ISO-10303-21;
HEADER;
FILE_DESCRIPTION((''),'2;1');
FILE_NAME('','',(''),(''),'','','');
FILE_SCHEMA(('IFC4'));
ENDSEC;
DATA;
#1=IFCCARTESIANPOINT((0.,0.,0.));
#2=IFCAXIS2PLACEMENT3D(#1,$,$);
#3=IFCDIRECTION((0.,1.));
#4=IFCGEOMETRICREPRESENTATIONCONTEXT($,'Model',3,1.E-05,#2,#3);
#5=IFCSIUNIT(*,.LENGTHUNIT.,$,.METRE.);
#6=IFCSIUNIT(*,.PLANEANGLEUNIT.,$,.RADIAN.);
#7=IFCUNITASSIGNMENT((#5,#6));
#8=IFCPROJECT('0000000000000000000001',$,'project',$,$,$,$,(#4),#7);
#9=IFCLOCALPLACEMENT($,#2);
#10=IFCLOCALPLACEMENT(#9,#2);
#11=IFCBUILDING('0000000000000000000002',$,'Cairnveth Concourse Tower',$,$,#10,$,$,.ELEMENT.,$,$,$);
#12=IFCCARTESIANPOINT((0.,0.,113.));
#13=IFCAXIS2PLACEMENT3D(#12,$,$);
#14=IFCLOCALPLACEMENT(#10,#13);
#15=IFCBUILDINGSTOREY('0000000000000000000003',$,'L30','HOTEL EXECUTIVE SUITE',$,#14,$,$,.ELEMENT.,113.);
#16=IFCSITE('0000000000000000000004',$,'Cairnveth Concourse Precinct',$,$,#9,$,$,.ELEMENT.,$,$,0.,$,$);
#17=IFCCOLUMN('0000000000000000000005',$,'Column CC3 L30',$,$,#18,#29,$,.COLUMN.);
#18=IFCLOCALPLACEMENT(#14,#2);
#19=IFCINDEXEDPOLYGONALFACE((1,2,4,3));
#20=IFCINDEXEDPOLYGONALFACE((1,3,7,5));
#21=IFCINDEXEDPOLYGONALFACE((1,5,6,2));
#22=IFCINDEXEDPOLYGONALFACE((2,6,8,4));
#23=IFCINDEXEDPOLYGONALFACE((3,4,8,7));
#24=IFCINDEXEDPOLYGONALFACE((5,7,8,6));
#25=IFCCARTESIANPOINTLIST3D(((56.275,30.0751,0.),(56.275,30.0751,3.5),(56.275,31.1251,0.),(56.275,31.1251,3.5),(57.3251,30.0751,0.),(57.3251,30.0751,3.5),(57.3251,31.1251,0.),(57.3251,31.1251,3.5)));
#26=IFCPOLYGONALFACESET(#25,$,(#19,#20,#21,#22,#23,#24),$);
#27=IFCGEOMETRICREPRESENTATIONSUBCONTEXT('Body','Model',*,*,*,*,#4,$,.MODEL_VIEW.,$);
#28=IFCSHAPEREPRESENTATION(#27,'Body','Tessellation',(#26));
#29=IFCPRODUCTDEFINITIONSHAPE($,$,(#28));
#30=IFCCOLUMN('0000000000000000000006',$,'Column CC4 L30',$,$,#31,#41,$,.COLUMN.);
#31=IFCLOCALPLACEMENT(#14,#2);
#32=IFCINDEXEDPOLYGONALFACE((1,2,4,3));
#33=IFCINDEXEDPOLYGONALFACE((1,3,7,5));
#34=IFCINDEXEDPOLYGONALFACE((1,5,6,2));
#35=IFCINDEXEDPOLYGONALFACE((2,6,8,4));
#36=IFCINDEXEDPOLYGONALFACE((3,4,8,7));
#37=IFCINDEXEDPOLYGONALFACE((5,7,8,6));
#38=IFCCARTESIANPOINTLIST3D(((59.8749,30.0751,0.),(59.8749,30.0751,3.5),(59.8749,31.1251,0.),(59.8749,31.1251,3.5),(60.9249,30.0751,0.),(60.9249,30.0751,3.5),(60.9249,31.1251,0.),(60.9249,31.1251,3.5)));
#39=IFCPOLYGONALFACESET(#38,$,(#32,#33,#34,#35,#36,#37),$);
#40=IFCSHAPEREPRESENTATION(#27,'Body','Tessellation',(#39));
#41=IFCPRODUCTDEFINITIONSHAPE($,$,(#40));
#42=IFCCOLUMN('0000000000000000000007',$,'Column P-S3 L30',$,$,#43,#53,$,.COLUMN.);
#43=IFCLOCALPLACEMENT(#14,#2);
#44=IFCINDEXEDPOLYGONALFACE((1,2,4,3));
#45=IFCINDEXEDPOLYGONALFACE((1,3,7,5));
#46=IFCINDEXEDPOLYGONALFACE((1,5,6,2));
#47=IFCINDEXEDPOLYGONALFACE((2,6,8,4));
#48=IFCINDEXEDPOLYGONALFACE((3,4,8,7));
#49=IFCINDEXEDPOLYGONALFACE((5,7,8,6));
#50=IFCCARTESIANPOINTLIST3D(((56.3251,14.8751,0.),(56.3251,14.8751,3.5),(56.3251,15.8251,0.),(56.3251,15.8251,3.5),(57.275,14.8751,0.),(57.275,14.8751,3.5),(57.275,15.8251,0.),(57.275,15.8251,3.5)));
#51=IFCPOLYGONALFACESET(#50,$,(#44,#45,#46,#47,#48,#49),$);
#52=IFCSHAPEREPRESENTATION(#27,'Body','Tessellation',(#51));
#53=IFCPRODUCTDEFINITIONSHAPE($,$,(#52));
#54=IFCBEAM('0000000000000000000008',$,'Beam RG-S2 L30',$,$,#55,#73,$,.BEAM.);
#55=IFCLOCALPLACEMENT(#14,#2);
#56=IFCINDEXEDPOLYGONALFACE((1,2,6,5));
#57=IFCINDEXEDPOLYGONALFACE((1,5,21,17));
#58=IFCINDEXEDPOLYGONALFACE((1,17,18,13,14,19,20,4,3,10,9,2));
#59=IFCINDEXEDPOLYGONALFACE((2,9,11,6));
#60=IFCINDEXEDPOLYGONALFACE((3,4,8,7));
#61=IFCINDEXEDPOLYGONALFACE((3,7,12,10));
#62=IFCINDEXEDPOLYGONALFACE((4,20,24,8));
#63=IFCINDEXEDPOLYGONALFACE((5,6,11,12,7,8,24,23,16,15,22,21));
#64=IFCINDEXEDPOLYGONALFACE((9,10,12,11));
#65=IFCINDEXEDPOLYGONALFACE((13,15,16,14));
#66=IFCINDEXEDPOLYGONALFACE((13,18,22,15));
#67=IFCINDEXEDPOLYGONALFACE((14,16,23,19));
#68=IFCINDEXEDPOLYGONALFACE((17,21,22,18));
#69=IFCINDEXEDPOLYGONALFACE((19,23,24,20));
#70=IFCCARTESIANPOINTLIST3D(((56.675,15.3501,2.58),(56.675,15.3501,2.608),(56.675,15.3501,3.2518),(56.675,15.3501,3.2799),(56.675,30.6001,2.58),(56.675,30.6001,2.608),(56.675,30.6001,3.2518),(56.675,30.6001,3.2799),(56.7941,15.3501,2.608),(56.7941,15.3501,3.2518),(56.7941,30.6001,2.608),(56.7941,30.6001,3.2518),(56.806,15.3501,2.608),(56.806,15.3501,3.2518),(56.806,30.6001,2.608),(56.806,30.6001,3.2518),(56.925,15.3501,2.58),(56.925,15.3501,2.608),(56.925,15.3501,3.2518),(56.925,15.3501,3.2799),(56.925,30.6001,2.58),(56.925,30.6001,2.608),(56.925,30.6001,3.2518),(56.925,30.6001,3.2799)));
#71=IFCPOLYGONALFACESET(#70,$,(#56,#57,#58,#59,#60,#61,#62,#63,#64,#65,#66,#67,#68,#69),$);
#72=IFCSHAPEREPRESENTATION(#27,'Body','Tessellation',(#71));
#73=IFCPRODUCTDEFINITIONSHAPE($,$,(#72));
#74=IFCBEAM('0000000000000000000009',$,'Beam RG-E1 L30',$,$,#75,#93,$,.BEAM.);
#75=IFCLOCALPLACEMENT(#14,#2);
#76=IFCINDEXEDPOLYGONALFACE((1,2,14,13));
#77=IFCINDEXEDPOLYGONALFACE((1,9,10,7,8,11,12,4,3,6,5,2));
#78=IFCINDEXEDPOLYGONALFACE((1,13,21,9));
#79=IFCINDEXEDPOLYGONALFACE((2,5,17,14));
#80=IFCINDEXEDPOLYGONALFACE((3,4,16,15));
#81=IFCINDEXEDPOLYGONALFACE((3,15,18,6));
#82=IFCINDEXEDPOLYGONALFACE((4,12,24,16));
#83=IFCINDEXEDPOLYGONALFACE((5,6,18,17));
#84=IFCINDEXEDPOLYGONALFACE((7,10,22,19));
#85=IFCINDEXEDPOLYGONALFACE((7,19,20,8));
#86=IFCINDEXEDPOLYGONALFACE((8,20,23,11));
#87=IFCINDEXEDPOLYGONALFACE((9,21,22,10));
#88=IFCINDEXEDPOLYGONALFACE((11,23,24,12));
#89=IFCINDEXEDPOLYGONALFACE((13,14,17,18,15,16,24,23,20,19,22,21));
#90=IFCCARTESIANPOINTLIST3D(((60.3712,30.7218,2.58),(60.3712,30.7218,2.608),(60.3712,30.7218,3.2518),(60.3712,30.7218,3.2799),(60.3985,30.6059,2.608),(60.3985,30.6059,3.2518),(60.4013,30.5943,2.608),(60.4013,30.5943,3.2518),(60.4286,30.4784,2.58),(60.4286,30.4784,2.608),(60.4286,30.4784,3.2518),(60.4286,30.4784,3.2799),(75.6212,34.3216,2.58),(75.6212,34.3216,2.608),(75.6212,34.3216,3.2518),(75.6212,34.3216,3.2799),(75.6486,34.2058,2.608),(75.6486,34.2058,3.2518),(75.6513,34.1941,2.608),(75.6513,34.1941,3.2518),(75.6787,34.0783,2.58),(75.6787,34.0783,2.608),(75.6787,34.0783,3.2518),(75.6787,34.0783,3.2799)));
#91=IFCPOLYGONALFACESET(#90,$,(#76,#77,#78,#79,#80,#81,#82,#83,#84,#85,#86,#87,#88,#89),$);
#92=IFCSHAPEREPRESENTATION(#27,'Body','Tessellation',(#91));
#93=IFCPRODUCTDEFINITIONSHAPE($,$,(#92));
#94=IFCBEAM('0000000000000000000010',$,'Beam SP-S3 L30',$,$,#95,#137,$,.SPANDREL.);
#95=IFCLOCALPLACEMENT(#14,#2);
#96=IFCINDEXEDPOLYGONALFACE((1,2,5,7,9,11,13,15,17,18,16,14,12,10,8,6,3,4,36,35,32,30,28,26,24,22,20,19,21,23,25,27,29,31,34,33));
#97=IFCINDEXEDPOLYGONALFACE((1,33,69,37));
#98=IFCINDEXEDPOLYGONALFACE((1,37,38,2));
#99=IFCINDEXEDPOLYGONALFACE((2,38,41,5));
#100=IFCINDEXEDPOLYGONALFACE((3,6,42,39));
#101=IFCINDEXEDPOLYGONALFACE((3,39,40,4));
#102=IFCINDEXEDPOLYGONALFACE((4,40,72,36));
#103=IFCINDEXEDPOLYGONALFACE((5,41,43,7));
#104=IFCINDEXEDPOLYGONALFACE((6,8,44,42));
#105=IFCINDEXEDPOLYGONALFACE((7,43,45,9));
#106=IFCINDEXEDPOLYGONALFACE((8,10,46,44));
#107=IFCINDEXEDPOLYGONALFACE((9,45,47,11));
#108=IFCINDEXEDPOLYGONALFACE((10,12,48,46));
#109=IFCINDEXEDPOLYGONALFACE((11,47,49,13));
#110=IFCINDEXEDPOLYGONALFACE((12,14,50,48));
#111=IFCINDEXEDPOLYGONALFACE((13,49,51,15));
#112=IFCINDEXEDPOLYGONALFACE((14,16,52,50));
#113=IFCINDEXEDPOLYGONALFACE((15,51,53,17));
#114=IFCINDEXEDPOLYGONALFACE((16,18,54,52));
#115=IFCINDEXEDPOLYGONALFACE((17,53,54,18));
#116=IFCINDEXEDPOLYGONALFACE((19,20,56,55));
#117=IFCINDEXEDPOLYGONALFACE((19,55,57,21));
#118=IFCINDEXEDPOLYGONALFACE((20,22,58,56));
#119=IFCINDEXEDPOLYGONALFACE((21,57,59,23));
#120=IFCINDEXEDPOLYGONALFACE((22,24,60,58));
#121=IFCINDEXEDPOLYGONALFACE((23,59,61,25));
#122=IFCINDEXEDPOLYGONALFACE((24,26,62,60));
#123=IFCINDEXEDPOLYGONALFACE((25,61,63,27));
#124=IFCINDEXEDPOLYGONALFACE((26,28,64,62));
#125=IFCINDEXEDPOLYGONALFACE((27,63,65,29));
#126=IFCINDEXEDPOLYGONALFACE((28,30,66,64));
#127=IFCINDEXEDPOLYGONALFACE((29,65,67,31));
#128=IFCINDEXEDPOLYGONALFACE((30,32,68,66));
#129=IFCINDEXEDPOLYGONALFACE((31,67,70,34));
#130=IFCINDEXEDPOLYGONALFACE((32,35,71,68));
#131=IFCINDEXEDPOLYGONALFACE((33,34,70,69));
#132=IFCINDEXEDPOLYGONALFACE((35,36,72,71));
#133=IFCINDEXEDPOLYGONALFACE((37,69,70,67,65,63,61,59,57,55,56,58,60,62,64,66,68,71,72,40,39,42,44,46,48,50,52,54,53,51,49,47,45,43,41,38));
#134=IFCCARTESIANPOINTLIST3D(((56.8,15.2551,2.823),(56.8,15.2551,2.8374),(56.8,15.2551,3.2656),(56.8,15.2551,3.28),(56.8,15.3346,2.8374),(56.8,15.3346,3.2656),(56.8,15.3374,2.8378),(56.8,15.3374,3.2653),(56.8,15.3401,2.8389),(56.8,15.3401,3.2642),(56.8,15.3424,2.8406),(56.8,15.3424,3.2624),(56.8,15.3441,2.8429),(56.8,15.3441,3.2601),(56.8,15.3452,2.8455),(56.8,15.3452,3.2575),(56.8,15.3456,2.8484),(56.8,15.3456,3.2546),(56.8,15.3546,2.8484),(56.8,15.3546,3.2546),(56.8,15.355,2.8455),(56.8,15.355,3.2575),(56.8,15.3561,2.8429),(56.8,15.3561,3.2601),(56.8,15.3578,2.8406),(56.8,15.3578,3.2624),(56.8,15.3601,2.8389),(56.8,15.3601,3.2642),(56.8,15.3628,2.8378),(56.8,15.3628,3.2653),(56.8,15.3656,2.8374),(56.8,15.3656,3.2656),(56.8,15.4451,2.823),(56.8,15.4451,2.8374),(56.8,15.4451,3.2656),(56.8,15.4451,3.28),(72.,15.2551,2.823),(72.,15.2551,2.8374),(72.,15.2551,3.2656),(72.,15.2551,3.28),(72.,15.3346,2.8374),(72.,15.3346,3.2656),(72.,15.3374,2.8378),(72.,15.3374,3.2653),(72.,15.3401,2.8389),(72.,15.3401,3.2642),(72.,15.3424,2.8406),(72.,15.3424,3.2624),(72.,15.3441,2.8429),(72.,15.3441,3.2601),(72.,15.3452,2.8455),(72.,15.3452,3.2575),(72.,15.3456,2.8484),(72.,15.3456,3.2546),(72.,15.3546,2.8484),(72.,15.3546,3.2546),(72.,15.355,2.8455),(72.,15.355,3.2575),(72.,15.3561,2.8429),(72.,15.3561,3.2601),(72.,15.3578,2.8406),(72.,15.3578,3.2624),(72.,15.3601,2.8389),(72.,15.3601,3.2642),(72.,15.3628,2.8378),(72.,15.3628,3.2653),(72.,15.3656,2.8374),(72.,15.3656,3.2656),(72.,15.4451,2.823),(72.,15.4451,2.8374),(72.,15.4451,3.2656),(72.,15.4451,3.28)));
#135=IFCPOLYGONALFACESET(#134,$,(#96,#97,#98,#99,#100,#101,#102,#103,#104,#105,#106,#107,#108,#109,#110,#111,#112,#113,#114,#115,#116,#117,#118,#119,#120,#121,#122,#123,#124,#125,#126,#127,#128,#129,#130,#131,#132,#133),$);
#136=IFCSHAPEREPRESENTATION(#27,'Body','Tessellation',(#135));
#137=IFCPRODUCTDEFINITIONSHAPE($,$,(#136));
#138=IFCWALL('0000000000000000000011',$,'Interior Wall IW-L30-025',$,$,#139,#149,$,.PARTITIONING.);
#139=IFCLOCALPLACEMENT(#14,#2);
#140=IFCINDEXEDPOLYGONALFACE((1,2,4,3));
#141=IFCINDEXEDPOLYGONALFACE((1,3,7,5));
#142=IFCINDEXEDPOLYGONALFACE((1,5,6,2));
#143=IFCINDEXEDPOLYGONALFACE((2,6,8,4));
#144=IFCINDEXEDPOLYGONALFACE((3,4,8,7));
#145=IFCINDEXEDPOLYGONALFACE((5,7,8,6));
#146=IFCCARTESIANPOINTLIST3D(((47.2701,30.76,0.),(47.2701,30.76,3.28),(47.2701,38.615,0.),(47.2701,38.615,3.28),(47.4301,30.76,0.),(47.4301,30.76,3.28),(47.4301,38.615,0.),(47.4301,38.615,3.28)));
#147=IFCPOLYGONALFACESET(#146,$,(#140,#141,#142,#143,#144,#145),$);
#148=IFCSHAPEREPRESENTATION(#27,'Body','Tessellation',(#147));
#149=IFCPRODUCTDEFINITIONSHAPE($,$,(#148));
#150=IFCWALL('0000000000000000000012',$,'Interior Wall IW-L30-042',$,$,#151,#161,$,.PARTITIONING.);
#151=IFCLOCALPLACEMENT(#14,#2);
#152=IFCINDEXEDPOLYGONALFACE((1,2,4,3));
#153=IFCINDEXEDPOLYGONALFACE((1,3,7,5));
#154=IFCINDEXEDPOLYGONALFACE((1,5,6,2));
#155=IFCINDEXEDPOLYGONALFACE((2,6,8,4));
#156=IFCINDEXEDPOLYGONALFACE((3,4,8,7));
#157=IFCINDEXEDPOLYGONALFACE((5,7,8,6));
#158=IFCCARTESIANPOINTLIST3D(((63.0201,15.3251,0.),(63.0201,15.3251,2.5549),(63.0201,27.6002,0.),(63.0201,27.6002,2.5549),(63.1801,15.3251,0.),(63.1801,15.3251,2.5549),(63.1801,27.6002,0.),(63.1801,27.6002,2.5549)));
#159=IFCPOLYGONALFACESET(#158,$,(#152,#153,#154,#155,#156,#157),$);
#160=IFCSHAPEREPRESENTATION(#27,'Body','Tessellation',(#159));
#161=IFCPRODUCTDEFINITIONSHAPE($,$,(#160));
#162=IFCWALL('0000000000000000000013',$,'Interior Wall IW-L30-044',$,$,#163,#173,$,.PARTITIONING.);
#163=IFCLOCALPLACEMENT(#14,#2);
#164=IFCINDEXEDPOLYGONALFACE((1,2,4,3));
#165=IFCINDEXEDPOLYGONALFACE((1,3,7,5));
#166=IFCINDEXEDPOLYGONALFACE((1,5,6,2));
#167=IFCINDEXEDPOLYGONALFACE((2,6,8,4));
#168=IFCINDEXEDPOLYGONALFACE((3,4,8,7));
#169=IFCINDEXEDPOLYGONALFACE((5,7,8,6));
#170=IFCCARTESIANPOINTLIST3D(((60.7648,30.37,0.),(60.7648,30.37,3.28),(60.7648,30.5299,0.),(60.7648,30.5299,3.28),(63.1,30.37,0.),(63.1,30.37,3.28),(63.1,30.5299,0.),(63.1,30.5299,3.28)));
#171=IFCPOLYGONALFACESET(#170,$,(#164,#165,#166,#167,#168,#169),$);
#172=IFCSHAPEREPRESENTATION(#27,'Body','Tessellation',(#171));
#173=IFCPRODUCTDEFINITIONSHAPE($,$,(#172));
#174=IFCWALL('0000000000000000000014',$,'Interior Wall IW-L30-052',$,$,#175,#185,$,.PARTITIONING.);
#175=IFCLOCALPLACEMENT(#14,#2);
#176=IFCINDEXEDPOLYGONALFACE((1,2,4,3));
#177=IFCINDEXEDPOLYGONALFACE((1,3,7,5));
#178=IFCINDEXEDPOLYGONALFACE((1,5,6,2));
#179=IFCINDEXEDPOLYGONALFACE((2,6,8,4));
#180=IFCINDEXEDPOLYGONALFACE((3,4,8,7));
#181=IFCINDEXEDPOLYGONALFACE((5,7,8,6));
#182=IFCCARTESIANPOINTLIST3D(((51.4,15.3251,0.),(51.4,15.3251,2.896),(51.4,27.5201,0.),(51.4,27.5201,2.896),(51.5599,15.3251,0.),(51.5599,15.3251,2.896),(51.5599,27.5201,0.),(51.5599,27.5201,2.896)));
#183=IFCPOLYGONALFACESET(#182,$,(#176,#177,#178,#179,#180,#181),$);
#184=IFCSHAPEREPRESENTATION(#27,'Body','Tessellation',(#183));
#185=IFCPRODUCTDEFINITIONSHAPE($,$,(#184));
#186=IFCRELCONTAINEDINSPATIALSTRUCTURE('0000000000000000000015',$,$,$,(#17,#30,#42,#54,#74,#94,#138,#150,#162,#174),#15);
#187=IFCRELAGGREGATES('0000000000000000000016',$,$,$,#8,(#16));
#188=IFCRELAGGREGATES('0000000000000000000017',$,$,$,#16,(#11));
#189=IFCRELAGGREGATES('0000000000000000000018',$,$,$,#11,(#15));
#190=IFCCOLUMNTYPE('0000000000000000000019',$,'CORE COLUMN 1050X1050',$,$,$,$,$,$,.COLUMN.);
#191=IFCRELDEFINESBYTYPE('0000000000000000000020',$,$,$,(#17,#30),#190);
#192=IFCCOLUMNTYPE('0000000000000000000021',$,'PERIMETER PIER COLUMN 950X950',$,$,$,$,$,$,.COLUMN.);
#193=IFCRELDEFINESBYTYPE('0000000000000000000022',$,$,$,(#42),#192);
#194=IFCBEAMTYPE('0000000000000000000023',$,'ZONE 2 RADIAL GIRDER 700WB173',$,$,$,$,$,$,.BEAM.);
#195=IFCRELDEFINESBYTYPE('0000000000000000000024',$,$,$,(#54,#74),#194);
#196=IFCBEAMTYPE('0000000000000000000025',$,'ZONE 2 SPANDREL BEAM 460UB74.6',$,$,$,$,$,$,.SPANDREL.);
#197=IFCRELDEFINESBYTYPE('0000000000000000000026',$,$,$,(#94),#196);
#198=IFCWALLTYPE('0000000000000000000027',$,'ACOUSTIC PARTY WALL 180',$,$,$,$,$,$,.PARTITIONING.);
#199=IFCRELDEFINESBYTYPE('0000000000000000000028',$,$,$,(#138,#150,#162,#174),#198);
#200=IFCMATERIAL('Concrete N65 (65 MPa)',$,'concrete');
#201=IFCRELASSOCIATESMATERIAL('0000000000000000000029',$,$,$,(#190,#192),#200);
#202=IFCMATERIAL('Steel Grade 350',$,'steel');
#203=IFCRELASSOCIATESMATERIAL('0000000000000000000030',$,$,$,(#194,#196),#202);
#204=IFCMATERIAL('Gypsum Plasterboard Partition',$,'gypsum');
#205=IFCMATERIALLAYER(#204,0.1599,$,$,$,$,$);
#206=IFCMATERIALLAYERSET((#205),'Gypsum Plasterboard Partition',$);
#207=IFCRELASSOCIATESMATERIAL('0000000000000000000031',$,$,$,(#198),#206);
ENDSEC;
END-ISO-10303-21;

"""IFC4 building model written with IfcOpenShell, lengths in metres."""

from ifc_helpers import new_model, si_unit, direction, frame, frame_2d, origin, origin_2d, place, context, subcontext, project, spatial, rectangle, i_section, extrude, material, layer, layer_set, material_profile, profile_set, type_object, element, save


model = new_model("IFC4")

# Units and contexts
model_context = context("Model", 3, precision=1e-05, world=origin(), true_north=direction((0.0, 1.0)))
body_context = subcontext(model_context, "Body", "Model", "MODEL_VIEW")
ifc_project = project(units=[si_unit("LENGTHUNIT", "METRE"), si_unit("PLANEANGLEUNIT", "RADIAN")], contexts=[model_context])

# Site, building, storey
site_placement = place(None, origin())
site = spatial("IfcSite", under=ifc_project, at=site_placement, Name="Cairnveth Concourse Precinct", CompositionType="ELEMENT", RefElevation=0.0)
building_placement = place(site_placement, origin())
building = spatial("IfcBuilding", under=site, at=building_placement, Name="Cairnveth Concourse Tower", CompositionType="ELEMENT")
storey_placement = place(building_placement, frame((0.0, 0.0, 113.0)))
storey = spatial("IfcBuildingStorey", under=building, at=storey_placement, Name="L30", Description="HOTEL EXECUTIVE SUITE", CompositionType="ELEMENT", Elevation=113.0)

# Columns
ifc_material_1 = material(Name="Concrete N65 (65 MPa)", Category="concrete")
ifc_material_profile_1 = material_profile(ifc_material_1, rectangle(XDim=1.05, YDim=1.05, at=origin_2d()), Name="RC-COL-1050x1050")
ifc_profile_set_1 = profile_set([ifc_material_profile_1], Name="Concrete N65 (65 MPa)")
column_type_1 = type_object("IfcColumnType", Name="CORE COLUMN 1050X1050", PredefinedType="COLUMN", material=ifc_profile_set_1)
for number, where, z_axis, x_axis, name in (
    (1, (56.8, 30.6001, 0.0), (0.0, 0.0, 1.0), (1.0, 0.0, 0.0), "Column CC3 L30"),
    (2, (60.3999, 30.6001, 0.0), (0.0, 0.0, 1.0), (1.0, 0.0, 0.0), "Column CC4 L30"),
):
    element("IfcColumn", number, at=place(storey_placement, frame(where, z_axis=z_axis, x_axis=x_axis)), inside=storey, type_object=column_type_1, Name=name, PredefinedType="COLUMN", context=body_context, shape_type="SweptSolid", body=[
        extrude(rectangle(XDim=1.05, YDim=1.05, at=origin_2d()), origin(), (0.0, 0.0, 1.0), 3.5),
    ])
ifc_material_profile_2 = material_profile(ifc_material_1, rectangle(XDim=0.95, YDim=0.95, at=origin_2d()), Name="RC-COL-950x950")
ifc_profile_set_2 = profile_set([ifc_material_profile_2], Name="Concrete N65 (65 MPa)")
column_type_2 = type_object("IfcColumnType", Name="PERIMETER PIER COLUMN 950X950", PredefinedType="COLUMN", material=ifc_profile_set_2)
column_placement = place(storey_placement, frame((56.8, 15.3501, 0.0), z_axis=(0.0, 0.0, 1.0), x_axis=(1.0, 0.0, 0.0)))
element("IfcColumn", 3, at=column_placement, inside=storey, type_object=column_type_2, Name="Column P-S3 L30", PredefinedType="COLUMN", context=body_context, shape_type="SweptSolid", body=[
    extrude(rectangle(XDim=0.95, YDim=0.95, at=origin_2d()), origin(), (0.0, 0.0, 1.0), 3.5),
])

# Beams
ifc_material_2 = material(Name="Steel Grade 350", Category="steel")
ifc_material_profile_3 = material_profile(ifc_material_2, i_section(OverallWidth=0.25, OverallDepth=0.7, WebThickness=0.012, FlangeThickness=0.0281, at=origin_2d()), Name="700WB173")
ifc_profile_set_3 = profile_set([ifc_material_profile_3], Name="Steel Grade 350")
beam_type_1 = type_object("IfcBeamType", Name="ZONE 2 RADIAL GIRDER 700WB173", PredefinedType="BEAM", material=ifc_profile_set_3)
beam_1_placement = place(storey_placement, frame((56.8, 15.3501, 2.9299), z_axis=(0.0, 1.0, 0.0), x_axis=(-1.0, 0.0, 0.0)))
element("IfcBeam", 4, at=beam_1_placement, inside=storey, type_object=beam_type_1, Name="Beam RG-S2 L30", PredefinedType="BEAM", context=body_context, shape_type="SweptSolid", body=[
    extrude(i_section(OverallWidth=0.25, OverallDepth=0.7, WebThickness=0.012, FlangeThickness=0.0281, at=origin_2d()), origin(), (0.0, 0.0, 1.0), 15.25),
])
beam_2_placement = place(storey_placement, frame((60.3999, 30.6001, 2.9299), z_axis=(0.973252, 0.229742, 0.0), x_axis=(-0.229742, 0.973252, 0.0)))
element("IfcBeam", 5, at=beam_2_placement, inside=storey, type_object=beam_type_1, Name="Beam RG-E1 L30", PredefinedType="BEAM", context=body_context, shape_type="SweptSolid", body=[
    extrude(i_section(OverallWidth=0.25, OverallDepth=0.7, WebThickness=0.012, FlangeThickness=0.0281, at=origin_2d()), origin(), (0.0, 0.0, 1.0), 15.6692),
])
ifc_material_profile_4 = material_profile(ifc_material_2, i_section(OverallWidth=0.1899, OverallDepth=0.457, WebThickness=0.009, FlangeThickness=0.0144, FilletRadius=0.011, at=origin_2d()), Name="460UB74.6")
ifc_profile_set_4 = profile_set([ifc_material_profile_4], Name="Steel Grade 350")
beam_type_2 = type_object("IfcBeamType", Name="ZONE 2 SPANDREL BEAM 460UB74.6", PredefinedType="SPANDREL", material=ifc_profile_set_4)
beam_3_placement = place(storey_placement, frame((56.8, 15.3501, 3.0515), z_axis=(1.0, 0.0, 0.0), x_axis=(0.0, 1.0, 0.0)))
element("IfcBeam", 6, at=beam_3_placement, inside=storey, type_object=beam_type_2, Name="Beam SP-S3 L30", PredefinedType="SPANDREL", context=body_context, shape_type="SweptSolid", body=[
    extrude(i_section(OverallWidth=0.1899, OverallDepth=0.457, WebThickness=0.009, FlangeThickness=0.0144, FilletRadius=0.011, at=origin_2d()), origin(), (0.0, 0.0, 1.0), 15.2),
])

# Walls
ifc_material_3 = material(Name="Gypsum Plasterboard Partition", Category="gypsum")
ifc_layer_1 = layer(ifc_material_3, 0.1599)
ifc_layer_set_1 = layer_set([ifc_layer_1], Name="Gypsum Plasterboard Partition")
wall_type_1 = type_object("IfcWallType", Name="ACOUSTIC PARTY WALL 180", PredefinedType="PARTITIONING", material=ifc_layer_set_1)
wall_1_placement = place(storey_placement, frame((47.3501, 30.76, 0.0), z_axis=(0.0, 0.0, 1.0), x_axis=(0.0, 1.0, 0.0)))
element("IfcWall", 7, at=wall_1_placement, inside=storey, type_object=wall_type_1, Name="Interior Wall IW-L30-025", PredefinedType="PARTITIONING", context=body_context, shape_type="SweptSolid", body=[
    extrude(rectangle(XDim=7.855, YDim=0.1599, at=frame_2d((3.9275, 0.0))), origin(), (0.0, 0.0, 1.0), 3.28),
])
wall_2_placement = place(storey_placement, frame((63.1001, 15.325, 0.0), z_axis=(0.0, 0.0, 1.0), x_axis=(0.0, 1.0, 0.0)))
element("IfcWall", 8, at=wall_2_placement, inside=storey, type_object=wall_type_1, Name="Interior Wall IW-L30-042", PredefinedType="PARTITIONING", context=body_context, shape_type="SweptSolid", body=[
    extrude(rectangle(XDim=12.2751, YDim=0.1599, at=frame_2d((6.1377, 0.0))), origin(), (0.0, 0.0, 1.0), 2.5549),
])
wall_3_placement = place(storey_placement, frame((60.7649, 30.45, 0.0), z_axis=(0.0, 0.0, 1.0), x_axis=(1.0, 0.0, 0.0)))
element("IfcWall", 9, at=wall_3_placement, inside=storey, type_object=wall_type_1, Name="Interior Wall IW-L30-044", PredefinedType="PARTITIONING", context=body_context, shape_type="SweptSolid", body=[
    extrude(rectangle(XDim=2.3352, YDim=0.1599, at=frame_2d((1.1675, 0.0))), origin(), (0.0, 0.0, 1.0), 3.28),
])
wall_4_placement = place(storey_placement, frame((51.48, 15.325, 0.0), z_axis=(0.0, 0.0, 1.0), x_axis=(0.0, 1.0, 0.0)))
element("IfcWall", 10, at=wall_4_placement, inside=storey, type_object=wall_type_1, Name="Interior Wall IW-L30-052", PredefinedType="PARTITIONING", context=body_context, shape_type="SweptSolid", body=[
    extrude(rectangle(XDim=12.1951, YDim=0.1599, at=frame_2d((6.0977, 0.0))), origin(), (0.0, 0.0, 1.0), 2.896),
])

save(model, "model.ifc")
